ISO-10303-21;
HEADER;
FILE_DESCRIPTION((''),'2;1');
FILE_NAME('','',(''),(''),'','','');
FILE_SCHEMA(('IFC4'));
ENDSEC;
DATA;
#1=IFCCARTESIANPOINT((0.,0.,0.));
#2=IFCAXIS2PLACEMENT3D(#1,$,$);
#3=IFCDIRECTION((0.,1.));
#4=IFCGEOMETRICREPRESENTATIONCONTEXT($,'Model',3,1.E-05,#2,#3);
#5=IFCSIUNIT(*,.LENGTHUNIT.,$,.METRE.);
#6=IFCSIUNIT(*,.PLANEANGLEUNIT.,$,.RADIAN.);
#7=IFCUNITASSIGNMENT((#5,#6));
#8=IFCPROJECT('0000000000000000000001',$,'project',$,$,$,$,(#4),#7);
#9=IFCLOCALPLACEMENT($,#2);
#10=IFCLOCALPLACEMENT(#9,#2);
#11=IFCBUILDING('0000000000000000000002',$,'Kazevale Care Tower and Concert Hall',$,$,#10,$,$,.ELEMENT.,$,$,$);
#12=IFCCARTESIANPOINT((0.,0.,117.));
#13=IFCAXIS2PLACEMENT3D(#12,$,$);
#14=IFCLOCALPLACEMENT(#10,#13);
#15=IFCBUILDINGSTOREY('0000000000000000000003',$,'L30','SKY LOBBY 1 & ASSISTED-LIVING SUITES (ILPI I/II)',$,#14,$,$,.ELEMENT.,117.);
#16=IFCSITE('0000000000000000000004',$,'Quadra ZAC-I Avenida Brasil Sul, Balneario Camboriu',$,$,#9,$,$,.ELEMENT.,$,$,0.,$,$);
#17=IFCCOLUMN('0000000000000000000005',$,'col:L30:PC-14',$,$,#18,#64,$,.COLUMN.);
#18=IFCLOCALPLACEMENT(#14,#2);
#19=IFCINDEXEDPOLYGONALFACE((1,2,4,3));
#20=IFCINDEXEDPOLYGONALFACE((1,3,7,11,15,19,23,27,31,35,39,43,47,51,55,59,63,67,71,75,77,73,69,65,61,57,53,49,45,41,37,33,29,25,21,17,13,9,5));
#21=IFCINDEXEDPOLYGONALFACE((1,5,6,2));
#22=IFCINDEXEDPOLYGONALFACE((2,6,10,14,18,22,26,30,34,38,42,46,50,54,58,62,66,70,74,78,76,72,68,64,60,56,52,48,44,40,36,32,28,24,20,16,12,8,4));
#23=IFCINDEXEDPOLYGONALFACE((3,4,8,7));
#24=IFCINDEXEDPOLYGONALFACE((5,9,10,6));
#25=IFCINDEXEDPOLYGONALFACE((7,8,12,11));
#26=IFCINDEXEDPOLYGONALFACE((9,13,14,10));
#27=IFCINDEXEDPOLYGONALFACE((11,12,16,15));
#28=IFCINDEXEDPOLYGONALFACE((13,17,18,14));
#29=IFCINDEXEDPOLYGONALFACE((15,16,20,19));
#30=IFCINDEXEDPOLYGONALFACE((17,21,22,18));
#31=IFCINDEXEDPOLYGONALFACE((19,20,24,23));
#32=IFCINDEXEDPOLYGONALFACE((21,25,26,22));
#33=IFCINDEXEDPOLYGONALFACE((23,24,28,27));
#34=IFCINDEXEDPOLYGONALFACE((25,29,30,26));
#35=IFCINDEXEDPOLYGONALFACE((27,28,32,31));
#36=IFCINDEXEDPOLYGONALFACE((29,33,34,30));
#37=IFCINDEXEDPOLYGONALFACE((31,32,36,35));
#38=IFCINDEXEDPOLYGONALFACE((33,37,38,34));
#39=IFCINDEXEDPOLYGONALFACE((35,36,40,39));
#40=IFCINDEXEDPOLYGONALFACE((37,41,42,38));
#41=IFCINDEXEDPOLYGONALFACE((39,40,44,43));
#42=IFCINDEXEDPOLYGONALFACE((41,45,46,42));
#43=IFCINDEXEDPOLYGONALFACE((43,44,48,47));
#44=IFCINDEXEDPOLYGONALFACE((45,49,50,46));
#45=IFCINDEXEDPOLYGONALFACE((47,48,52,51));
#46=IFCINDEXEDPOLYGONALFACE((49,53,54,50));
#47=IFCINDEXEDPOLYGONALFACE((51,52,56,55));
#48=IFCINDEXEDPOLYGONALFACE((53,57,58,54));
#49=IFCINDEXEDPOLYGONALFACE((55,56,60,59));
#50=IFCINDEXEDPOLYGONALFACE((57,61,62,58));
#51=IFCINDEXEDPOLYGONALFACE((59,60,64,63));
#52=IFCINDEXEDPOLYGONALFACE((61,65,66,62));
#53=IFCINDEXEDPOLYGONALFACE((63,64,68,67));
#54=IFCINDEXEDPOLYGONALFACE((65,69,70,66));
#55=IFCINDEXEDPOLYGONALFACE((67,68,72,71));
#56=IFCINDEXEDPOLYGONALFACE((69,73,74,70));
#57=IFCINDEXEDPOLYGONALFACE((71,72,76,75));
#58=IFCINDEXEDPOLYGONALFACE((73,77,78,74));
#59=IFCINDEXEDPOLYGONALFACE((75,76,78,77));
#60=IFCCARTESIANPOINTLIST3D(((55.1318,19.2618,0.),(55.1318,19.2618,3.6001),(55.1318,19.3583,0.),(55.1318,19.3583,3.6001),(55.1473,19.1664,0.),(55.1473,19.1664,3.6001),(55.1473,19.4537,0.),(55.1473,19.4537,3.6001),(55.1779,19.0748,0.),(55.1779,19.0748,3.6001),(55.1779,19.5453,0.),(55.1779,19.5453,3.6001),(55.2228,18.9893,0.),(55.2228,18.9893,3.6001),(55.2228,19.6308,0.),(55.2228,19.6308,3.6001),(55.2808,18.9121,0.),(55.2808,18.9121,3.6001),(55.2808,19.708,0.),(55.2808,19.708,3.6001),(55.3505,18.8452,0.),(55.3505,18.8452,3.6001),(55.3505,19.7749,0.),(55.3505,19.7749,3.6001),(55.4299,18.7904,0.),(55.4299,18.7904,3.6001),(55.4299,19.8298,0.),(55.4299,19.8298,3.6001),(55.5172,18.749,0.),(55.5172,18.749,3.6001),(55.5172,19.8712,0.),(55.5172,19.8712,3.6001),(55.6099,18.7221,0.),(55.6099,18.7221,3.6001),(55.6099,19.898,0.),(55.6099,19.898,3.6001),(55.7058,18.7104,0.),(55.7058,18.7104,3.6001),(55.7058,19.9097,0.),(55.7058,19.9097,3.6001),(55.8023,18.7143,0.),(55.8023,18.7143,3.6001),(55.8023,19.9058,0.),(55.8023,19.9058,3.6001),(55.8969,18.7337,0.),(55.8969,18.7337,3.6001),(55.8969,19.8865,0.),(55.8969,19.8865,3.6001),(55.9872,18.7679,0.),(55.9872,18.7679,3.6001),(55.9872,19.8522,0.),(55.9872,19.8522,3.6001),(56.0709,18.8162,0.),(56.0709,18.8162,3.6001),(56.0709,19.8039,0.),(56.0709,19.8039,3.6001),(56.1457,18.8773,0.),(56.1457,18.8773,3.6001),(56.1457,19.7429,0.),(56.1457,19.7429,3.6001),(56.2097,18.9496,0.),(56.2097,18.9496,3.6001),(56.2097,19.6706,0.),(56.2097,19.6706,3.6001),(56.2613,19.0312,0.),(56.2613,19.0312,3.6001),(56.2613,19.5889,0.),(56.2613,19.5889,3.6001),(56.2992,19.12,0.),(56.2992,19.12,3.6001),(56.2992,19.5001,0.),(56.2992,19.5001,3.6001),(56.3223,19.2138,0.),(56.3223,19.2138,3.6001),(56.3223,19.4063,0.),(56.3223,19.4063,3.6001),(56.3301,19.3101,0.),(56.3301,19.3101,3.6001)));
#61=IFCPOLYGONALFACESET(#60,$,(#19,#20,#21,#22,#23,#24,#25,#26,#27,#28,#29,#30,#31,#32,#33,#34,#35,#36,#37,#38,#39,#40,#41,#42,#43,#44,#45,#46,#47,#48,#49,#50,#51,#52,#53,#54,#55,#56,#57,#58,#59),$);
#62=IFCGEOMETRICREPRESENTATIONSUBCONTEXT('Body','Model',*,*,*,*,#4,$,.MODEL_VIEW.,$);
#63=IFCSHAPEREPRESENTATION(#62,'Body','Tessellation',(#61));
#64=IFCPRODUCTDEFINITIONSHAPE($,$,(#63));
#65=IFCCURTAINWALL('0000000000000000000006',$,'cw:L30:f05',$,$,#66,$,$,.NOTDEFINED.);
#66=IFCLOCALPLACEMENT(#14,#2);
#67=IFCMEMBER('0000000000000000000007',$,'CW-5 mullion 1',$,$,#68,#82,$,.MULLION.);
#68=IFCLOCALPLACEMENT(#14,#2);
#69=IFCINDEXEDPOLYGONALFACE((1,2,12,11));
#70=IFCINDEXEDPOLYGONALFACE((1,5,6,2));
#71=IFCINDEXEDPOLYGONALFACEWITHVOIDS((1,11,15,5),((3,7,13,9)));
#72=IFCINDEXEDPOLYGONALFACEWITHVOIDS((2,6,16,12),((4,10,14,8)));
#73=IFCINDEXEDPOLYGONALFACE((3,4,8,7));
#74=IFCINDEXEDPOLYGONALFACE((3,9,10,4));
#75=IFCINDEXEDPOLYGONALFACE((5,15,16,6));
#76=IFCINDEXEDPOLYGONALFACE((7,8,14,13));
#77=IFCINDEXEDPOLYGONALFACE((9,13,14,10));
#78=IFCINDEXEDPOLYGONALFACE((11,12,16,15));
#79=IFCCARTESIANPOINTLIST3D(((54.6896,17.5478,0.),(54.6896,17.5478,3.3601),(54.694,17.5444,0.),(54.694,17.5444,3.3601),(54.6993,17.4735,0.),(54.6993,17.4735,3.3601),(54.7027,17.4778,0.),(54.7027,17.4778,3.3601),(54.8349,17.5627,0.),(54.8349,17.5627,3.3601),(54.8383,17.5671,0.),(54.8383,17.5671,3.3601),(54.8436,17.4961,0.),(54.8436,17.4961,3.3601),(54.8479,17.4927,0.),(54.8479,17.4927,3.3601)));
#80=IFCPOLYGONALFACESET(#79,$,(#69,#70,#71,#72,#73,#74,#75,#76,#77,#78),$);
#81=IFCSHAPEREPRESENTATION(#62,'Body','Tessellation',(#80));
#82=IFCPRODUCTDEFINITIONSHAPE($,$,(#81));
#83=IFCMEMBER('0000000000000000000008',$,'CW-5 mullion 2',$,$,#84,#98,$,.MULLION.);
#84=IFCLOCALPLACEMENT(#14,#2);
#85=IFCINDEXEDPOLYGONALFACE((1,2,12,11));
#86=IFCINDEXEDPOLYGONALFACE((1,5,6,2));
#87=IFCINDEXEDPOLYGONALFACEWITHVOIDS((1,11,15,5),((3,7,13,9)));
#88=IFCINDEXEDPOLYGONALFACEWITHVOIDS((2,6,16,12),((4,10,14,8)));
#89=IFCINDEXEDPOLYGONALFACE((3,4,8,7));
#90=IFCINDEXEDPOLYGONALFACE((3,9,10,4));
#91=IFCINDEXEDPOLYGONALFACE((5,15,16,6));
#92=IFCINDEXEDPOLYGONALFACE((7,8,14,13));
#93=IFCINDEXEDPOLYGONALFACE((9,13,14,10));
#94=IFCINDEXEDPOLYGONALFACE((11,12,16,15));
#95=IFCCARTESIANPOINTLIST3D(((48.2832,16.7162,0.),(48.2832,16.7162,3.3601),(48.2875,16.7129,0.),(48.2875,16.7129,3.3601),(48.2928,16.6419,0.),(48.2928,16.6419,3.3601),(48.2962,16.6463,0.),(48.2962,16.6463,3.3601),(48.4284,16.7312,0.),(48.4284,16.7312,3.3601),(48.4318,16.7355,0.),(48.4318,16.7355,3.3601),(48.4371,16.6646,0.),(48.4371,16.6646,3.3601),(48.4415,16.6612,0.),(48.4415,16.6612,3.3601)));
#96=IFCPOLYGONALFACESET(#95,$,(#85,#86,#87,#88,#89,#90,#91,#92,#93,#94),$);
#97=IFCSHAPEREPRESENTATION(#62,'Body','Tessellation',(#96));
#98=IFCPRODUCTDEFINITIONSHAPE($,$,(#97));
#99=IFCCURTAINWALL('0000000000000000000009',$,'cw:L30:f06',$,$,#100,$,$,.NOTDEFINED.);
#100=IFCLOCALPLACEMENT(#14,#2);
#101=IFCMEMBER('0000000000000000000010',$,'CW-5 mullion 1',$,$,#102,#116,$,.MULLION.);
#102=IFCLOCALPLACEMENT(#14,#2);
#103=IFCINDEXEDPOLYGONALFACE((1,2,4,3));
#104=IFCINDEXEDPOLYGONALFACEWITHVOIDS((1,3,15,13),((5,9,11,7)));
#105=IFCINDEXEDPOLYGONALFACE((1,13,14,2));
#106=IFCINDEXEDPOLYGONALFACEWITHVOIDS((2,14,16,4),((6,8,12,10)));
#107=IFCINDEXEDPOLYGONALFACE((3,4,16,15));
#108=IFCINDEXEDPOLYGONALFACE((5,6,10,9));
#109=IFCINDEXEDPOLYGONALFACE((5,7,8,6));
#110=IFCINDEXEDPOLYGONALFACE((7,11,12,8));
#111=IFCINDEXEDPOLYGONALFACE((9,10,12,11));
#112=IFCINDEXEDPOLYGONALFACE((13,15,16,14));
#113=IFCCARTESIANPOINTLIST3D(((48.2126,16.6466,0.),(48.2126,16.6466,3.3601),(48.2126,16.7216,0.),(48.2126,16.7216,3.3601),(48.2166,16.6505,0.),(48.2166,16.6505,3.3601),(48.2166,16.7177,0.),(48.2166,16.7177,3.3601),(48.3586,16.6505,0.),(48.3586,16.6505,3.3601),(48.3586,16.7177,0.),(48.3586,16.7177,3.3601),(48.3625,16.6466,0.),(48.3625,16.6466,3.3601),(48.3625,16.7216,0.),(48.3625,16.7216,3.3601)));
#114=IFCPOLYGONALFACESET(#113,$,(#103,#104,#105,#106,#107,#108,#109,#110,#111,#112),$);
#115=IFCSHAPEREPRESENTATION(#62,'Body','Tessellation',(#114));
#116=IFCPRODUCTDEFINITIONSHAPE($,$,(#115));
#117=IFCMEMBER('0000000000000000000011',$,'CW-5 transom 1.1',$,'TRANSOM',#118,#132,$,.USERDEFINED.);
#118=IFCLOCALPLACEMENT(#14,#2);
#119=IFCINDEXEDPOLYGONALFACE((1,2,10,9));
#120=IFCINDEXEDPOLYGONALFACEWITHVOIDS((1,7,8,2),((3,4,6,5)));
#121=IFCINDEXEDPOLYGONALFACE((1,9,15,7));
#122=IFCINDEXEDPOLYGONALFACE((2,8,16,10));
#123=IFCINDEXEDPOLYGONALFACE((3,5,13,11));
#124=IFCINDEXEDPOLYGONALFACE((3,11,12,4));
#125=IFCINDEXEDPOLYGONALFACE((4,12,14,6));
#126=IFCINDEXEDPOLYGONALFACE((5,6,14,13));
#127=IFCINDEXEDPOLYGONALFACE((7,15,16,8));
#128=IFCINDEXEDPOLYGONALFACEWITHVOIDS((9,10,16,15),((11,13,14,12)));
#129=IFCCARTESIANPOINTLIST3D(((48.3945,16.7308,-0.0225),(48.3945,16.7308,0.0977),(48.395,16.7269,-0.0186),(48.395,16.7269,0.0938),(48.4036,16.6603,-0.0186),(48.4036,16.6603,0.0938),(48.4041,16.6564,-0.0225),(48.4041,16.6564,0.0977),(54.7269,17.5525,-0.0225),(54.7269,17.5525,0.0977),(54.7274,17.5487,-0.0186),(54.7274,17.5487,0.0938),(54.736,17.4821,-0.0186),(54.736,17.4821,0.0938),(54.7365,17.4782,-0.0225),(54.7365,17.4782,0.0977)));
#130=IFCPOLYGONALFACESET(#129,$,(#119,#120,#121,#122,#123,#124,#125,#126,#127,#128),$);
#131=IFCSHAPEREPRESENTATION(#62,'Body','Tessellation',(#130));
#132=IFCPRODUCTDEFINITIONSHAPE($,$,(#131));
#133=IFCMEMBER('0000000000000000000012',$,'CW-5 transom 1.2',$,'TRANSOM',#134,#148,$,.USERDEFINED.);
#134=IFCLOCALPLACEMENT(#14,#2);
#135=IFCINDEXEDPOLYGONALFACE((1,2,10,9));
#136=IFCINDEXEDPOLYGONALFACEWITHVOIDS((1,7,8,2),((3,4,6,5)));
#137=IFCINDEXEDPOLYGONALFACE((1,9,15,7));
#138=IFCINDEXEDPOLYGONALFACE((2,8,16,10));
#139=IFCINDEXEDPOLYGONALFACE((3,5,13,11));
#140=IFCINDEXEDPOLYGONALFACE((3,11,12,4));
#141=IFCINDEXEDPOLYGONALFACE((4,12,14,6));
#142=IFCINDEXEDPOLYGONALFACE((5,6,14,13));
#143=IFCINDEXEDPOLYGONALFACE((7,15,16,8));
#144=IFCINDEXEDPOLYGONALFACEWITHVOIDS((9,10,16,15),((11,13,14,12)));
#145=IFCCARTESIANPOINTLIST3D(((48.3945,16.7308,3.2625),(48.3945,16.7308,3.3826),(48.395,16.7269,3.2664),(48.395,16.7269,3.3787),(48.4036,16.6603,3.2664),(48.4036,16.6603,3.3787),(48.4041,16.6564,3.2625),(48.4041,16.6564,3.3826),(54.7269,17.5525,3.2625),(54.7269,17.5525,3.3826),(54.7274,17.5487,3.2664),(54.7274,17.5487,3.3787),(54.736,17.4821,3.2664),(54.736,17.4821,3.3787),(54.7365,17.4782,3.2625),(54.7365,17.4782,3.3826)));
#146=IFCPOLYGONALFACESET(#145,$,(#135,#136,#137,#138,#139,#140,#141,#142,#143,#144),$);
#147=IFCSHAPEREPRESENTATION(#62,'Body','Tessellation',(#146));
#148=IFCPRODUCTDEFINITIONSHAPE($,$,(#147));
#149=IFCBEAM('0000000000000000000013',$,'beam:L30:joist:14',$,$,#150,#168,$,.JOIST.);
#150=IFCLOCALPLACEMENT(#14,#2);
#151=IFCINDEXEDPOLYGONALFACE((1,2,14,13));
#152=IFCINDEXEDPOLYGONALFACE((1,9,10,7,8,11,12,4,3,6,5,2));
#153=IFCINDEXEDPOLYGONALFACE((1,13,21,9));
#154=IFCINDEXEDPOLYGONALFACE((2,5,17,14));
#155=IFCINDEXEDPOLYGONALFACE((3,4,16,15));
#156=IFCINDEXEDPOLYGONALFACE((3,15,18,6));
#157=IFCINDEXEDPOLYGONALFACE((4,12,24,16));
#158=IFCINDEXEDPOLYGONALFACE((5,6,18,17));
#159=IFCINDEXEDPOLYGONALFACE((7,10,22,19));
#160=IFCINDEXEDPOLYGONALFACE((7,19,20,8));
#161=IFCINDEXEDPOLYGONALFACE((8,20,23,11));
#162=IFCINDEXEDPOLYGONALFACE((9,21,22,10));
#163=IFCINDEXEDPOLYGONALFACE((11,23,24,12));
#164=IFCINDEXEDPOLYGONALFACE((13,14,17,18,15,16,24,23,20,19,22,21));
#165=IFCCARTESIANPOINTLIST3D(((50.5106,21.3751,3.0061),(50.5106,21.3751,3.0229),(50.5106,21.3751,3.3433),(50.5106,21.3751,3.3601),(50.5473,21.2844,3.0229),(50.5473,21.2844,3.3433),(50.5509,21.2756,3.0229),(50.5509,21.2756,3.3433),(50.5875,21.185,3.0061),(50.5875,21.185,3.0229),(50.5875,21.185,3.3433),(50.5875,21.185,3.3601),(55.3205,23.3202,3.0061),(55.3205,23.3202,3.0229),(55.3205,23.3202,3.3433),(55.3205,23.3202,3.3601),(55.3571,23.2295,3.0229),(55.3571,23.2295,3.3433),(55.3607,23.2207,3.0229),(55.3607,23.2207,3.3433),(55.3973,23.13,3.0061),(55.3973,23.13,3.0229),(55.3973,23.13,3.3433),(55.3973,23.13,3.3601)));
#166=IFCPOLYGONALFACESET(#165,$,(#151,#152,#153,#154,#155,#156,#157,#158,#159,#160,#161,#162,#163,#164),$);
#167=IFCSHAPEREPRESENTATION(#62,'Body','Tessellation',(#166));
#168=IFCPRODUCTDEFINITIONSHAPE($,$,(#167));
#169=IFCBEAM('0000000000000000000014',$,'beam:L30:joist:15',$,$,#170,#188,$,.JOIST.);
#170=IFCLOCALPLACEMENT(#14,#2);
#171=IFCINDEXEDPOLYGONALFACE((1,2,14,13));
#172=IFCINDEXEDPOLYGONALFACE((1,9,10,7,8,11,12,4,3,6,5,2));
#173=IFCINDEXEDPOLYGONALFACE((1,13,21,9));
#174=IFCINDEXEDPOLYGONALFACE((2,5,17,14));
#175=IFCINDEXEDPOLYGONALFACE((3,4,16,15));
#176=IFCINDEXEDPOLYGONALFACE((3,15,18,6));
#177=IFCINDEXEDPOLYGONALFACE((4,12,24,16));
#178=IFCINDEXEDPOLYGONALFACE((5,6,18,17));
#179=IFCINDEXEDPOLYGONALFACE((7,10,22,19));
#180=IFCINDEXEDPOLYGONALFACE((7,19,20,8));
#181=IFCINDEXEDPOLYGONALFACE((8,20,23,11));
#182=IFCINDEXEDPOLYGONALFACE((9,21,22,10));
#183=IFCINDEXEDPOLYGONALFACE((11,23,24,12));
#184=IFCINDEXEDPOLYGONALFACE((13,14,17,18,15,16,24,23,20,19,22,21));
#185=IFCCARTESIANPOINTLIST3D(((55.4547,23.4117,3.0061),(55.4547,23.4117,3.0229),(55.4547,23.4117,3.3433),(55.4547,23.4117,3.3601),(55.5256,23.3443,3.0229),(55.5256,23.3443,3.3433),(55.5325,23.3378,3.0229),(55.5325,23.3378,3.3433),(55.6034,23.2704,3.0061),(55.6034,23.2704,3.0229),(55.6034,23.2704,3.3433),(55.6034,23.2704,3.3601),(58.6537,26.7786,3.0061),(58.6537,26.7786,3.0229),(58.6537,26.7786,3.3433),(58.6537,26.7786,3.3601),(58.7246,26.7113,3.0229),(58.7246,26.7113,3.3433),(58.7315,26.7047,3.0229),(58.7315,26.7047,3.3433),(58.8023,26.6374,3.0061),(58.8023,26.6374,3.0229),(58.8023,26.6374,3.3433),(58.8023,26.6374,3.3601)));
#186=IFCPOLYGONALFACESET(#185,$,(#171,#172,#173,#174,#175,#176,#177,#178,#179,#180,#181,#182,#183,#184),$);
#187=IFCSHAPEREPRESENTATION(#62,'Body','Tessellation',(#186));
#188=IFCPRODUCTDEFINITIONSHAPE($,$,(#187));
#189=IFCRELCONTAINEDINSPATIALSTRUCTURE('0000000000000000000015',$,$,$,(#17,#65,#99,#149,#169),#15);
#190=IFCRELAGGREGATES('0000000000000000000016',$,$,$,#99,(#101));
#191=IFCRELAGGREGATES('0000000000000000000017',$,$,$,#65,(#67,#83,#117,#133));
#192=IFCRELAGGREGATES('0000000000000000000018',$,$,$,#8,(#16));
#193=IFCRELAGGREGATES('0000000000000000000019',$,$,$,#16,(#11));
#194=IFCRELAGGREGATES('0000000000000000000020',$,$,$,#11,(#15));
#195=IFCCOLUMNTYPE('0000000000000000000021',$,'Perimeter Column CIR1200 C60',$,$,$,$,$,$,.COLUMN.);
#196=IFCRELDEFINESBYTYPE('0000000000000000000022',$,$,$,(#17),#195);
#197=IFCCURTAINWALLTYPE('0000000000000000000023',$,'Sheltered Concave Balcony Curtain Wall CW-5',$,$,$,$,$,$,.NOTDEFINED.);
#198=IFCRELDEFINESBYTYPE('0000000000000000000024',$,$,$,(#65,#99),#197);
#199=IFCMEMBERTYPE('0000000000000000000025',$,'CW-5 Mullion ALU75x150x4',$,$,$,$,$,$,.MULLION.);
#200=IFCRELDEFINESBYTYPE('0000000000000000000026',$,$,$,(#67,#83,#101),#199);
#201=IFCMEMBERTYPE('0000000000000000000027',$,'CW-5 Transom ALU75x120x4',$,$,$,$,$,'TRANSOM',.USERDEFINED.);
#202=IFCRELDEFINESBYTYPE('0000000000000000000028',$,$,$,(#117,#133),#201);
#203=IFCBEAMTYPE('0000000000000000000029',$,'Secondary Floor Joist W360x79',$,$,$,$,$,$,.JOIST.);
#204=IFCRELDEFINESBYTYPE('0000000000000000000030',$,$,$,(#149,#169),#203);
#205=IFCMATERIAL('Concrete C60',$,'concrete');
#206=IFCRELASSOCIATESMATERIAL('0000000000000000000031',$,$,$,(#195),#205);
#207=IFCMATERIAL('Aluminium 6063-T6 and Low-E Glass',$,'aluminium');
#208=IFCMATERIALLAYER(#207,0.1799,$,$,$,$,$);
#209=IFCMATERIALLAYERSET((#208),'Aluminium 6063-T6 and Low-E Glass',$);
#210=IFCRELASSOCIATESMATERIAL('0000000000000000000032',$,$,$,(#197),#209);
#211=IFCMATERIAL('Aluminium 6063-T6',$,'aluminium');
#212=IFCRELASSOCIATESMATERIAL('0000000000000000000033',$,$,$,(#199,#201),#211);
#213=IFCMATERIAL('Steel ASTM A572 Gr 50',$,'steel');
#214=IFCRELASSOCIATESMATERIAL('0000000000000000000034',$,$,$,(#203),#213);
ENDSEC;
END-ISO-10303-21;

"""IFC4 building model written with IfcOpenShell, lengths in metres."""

from ifc_helpers import new_model, si_unit, direction, frame, origin, origin_2d, place, context, subcontext, project, spatial, hollow_rectangle, circle, i_section, extrude, material, layer, layer_set, material_profile, profile_set, type_object, element, aggregate, save


model = new_model("IFC4")

# Units and contexts
model_context = context("Model", 3, precision=1e-05, world=origin(), true_north=direction((0.0, 1.0)))
body_context = subcontext(model_context, "Body", "Model", "MODEL_VIEW")
ifc_project = project(units=[si_unit("LENGTHUNIT", "METRE"), si_unit("PLANEANGLEUNIT", "RADIAN")], contexts=[model_context])

# Site, building, storey
site_placement = place(None, origin())
site = spatial("IfcSite", under=ifc_project, at=site_placement, Name="Quadra ZAC-I Avenida Brasil Sul, Balneario Camboriu", CompositionType="ELEMENT", RefElevation=0.0)
building_placement = place(site_placement, origin())
building = spatial("IfcBuilding", under=site, at=building_placement, Name="Kazevale Care Tower and Concert Hall", CompositionType="ELEMENT")
storey_placement = place(building_placement, frame((0.0, 0.0, 117.0)))
storey = spatial("IfcBuildingStorey", under=building, at=storey_placement, Name="L30", Description="SKY LOBBY 1 & ASSISTED-LIVING SUITES (ILPI I/II)", CompositionType="ELEMENT", Elevation=117.0)

# Column
ifc_material_1 = material(Name="Concrete C60", Category="concrete")
ifc_material_profile_1 = material_profile(ifc_material_1, circle(Radius=0.6001, at=origin_2d()), Name="RC-CIR1200")
ifc_profile_set_1 = profile_set([ifc_material_profile_1], Name="Concrete C60")
column_type = type_object("IfcColumnType", Name="Perimeter Column CIR1200 C60", PredefinedType="COLUMN", material=ifc_profile_set_1)
column_placement = place(storey_placement, frame((55.73, 19.3101, 0.0), z_axis=(0.0, 0.0, 1.0), x_axis=(1.0, 0.0, 0.0)))
element("IfcColumn", 1, at=column_placement, inside=storey, type_object=column_type, Name="col:L30:PC-14", PredefinedType="COLUMN", context=body_context, shape_type="SweptSolid", body=[
    extrude(circle(Radius=0.6001, at=origin_2d()), origin(), (0.0, 0.0, 1.0), 3.6001),
])

# Curtain wall, members
ifc_material_2 = material(Name="Aluminium 6063-T6 and Low-E Glass", Category="aluminium")
ifc_layer_1 = layer(ifc_material_2, 0.1799)
ifc_layer_set_1 = layer_set([ifc_layer_1], Name="Aluminium 6063-T6 and Low-E Glass")
curtain_wall_type = type_object("IfcCurtainWallType", Name="Sheltered Concave Balcony Curtain Wall CW-5", PredefinedType="NOTDEFINED", material=ifc_layer_set_1)
curtain_wall_1_placement = place(storey_placement, origin())
curtain_wall_1 = element("IfcCurtainWall", 2, at=curtain_wall_1_placement, inside=storey, type_object=curtain_wall_type, Name="cw:L30:f05", PredefinedType="NOTDEFINED")
ifc_material_3 = material(Name="Aluminium 6063-T6", Category="aluminium")
ifc_material_profile_2 = material_profile(ifc_material_3, hollow_rectangle(XDim=0.075, YDim=0.1499, WallThickness=0.0039, at=origin_2d()), Name="ALU75x150x4")
ifc_profile_set_2 = profile_set([ifc_material_profile_2], Name="Aluminium 6063-T6")
member_type_1 = type_object("IfcMemberType", Name="CW-5 Mullion ALU75x150x4", PredefinedType="MULLION", material=ifc_profile_set_2)
member_1_placement = place(storey_placement, frame((54.7688, 17.5203, 0.0), z_axis=(0.0, 0.0, 1.0), x_axis=(0.128685, -0.991686, 0.0)))
member_1 = element("IfcMember", 3, at=member_1_placement, type_object=member_type_1, Name="CW-5 mullion 1", PredefinedType="MULLION", context=body_context, shape_type="SweptSolid", body=[
    extrude(hollow_rectangle(XDim=0.075, YDim=0.1499, WallThickness=0.0039, at=origin_2d()), origin(), (0.0, 0.0, 1.0), 3.3601),
])
member_2_placement = place(storey_placement, frame((48.3623, 16.6887, 0.0), z_axis=(0.0, 0.0, 1.0), x_axis=(0.128685, -0.991686, 0.0)))
member_2 = element("IfcMember", 4, at=member_2_placement, type_object=member_type_1, Name="CW-5 mullion 2", PredefinedType="MULLION", context=body_context, shape_type="SweptSolid", body=[
    extrude(hollow_rectangle(XDim=0.075, YDim=0.1499, WallThickness=0.0039, at=origin_2d()), origin(), (0.0, 0.0, 1.0), 3.3601),
])

# Curtain wall, member
curtain_wall_2_placement = place(storey_placement, origin())
curtain_wall_2 = element("IfcCurtainWall", 5, at=curtain_wall_2_placement, inside=storey, type_object=curtain_wall_type, Name="cw:L30:f06", PredefinedType="NOTDEFINED")
member_3_placement = place(storey_placement, frame((48.2876, 16.6841, 0.0), z_axis=(0.0, 0.0, 1.0), x_axis=(0.0, -1.0, 0.0)))
member_3 = element("IfcMember", 6, at=member_3_placement, type_object=member_type_1, Name="CW-5 mullion 1", PredefinedType="MULLION", context=body_context, shape_type="SweptSolid", body=[
    extrude(hollow_rectangle(XDim=0.075, YDim=0.1499, WallThickness=0.0039, at=origin_2d()), origin(), (0.0, 0.0, 1.0), 3.3601),
])
aggregate(curtain_wall_2, [member_3])

# Members
ifc_material_profile_3 = material_profile(ifc_material_3, hollow_rectangle(XDim=0.075, YDim=0.1201, WallThickness=0.0039, at=origin_2d()), Name="ALU75x120x4")
ifc_profile_set_3 = profile_set([ifc_material_profile_3], Name="Aluminium 6063-T6")
member_type_2 = type_object("IfcMemberType", Name="CW-5 Transom ALU75x120x4", ElementType="TRANSOM", PredefinedType="USERDEFINED", material=ifc_profile_set_3)
member_4_placement = place(storey_placement, frame((54.7317, 17.5154, 0.0376), z_axis=(-0.991684, -0.128697, 0.0), x_axis=(0.128697, -0.991684, 0.0)))
member_4 = element("IfcMember", 7, at=member_4_placement, type_object=member_type_2, Name="CW-5 transom 1.1", ObjectType="TRANSOM", PredefinedType="USERDEFINED", context=body_context, shape_type="SweptSolid", body=[
    extrude(hollow_rectangle(XDim=0.075, YDim=0.1201, WallThickness=0.0039, at=origin_2d()), origin(), (0.0, 0.0, 1.0), 6.3855),
])
member_5_placement = place(storey_placement, frame((54.7317, 17.5154, 3.3225), z_axis=(-0.991684, -0.128697, 0.0), x_axis=(0.128697, -0.991684, 0.0)))
member_5 = element("IfcMember", 8, at=member_5_placement, type_object=member_type_2, Name="CW-5 transom 1.2", ObjectType="TRANSOM", PredefinedType="USERDEFINED", context=body_context, shape_type="SweptSolid", body=[
    extrude(hollow_rectangle(XDim=0.075, YDim=0.1201, WallThickness=0.0039, at=origin_2d()), origin(), (0.0, 0.0, 1.0), 6.3855),
])

# Beams
ifc_material_4 = material(Name="Steel ASTM A572 Gr 50", Category="steel")
ifc_material_profile_4 = material_profile(ifc_material_4, i_section(OverallWidth=0.2051, OverallDepth=0.354, WebThickness=0.0095, FlangeThickness=0.0168, at=origin_2d()), Name="W360x79")
ifc_profile_set_4 = profile_set([ifc_material_profile_4], Name="Steel ASTM A572 Gr 50")
beam_type_1 = type_object("IfcBeamType", Name="Secondary Floor Joist W360x79", PredefinedType="JOIST", material=ifc_profile_set_4)
beam_1_placement = place(storey_placement, frame((50.5491, 21.28, 3.1831), z_axis=(0.927065, 0.374901, 0.0), x_axis=(-0.374901, 0.927065, 0.0)))
element("IfcBeam", 9, at=beam_1_placement, inside=storey, type_object=beam_type_1, Name="beam:L30:joist:14", PredefinedType="JOIST", context=body_context, shape_type="SweptSolid", body=[
    extrude(i_section(OverallWidth=0.2051, OverallDepth=0.354, WebThickness=0.0095, FlangeThickness=0.0168, at=origin_2d()), origin(), (0.0, 0.0, 1.0), 5.1882),
])
beam_2_placement = place(storey_placement, frame((55.5291, 23.3411, 3.1831), z_axis=(0.688792, 0.724959, 0.0), x_axis=(-0.724959, 0.688792, 0.0)))
element("IfcBeam", 10, at=beam_2_placement, inside=storey, type_object=beam_type_1, Name="beam:L30:joist:15", PredefinedType="JOIST", context=body_context, shape_type="SweptSolid", body=[
    extrude(i_section(OverallWidth=0.2051, OverallDepth=0.354, WebThickness=0.0095, FlangeThickness=0.0168, at=origin_2d()), origin(), (0.0, 0.0, 1.0), 4.6443),
])

aggregate(curtain_wall_1, [member_1, member_2, member_4, member_5])

save(model, "model.ifc")
